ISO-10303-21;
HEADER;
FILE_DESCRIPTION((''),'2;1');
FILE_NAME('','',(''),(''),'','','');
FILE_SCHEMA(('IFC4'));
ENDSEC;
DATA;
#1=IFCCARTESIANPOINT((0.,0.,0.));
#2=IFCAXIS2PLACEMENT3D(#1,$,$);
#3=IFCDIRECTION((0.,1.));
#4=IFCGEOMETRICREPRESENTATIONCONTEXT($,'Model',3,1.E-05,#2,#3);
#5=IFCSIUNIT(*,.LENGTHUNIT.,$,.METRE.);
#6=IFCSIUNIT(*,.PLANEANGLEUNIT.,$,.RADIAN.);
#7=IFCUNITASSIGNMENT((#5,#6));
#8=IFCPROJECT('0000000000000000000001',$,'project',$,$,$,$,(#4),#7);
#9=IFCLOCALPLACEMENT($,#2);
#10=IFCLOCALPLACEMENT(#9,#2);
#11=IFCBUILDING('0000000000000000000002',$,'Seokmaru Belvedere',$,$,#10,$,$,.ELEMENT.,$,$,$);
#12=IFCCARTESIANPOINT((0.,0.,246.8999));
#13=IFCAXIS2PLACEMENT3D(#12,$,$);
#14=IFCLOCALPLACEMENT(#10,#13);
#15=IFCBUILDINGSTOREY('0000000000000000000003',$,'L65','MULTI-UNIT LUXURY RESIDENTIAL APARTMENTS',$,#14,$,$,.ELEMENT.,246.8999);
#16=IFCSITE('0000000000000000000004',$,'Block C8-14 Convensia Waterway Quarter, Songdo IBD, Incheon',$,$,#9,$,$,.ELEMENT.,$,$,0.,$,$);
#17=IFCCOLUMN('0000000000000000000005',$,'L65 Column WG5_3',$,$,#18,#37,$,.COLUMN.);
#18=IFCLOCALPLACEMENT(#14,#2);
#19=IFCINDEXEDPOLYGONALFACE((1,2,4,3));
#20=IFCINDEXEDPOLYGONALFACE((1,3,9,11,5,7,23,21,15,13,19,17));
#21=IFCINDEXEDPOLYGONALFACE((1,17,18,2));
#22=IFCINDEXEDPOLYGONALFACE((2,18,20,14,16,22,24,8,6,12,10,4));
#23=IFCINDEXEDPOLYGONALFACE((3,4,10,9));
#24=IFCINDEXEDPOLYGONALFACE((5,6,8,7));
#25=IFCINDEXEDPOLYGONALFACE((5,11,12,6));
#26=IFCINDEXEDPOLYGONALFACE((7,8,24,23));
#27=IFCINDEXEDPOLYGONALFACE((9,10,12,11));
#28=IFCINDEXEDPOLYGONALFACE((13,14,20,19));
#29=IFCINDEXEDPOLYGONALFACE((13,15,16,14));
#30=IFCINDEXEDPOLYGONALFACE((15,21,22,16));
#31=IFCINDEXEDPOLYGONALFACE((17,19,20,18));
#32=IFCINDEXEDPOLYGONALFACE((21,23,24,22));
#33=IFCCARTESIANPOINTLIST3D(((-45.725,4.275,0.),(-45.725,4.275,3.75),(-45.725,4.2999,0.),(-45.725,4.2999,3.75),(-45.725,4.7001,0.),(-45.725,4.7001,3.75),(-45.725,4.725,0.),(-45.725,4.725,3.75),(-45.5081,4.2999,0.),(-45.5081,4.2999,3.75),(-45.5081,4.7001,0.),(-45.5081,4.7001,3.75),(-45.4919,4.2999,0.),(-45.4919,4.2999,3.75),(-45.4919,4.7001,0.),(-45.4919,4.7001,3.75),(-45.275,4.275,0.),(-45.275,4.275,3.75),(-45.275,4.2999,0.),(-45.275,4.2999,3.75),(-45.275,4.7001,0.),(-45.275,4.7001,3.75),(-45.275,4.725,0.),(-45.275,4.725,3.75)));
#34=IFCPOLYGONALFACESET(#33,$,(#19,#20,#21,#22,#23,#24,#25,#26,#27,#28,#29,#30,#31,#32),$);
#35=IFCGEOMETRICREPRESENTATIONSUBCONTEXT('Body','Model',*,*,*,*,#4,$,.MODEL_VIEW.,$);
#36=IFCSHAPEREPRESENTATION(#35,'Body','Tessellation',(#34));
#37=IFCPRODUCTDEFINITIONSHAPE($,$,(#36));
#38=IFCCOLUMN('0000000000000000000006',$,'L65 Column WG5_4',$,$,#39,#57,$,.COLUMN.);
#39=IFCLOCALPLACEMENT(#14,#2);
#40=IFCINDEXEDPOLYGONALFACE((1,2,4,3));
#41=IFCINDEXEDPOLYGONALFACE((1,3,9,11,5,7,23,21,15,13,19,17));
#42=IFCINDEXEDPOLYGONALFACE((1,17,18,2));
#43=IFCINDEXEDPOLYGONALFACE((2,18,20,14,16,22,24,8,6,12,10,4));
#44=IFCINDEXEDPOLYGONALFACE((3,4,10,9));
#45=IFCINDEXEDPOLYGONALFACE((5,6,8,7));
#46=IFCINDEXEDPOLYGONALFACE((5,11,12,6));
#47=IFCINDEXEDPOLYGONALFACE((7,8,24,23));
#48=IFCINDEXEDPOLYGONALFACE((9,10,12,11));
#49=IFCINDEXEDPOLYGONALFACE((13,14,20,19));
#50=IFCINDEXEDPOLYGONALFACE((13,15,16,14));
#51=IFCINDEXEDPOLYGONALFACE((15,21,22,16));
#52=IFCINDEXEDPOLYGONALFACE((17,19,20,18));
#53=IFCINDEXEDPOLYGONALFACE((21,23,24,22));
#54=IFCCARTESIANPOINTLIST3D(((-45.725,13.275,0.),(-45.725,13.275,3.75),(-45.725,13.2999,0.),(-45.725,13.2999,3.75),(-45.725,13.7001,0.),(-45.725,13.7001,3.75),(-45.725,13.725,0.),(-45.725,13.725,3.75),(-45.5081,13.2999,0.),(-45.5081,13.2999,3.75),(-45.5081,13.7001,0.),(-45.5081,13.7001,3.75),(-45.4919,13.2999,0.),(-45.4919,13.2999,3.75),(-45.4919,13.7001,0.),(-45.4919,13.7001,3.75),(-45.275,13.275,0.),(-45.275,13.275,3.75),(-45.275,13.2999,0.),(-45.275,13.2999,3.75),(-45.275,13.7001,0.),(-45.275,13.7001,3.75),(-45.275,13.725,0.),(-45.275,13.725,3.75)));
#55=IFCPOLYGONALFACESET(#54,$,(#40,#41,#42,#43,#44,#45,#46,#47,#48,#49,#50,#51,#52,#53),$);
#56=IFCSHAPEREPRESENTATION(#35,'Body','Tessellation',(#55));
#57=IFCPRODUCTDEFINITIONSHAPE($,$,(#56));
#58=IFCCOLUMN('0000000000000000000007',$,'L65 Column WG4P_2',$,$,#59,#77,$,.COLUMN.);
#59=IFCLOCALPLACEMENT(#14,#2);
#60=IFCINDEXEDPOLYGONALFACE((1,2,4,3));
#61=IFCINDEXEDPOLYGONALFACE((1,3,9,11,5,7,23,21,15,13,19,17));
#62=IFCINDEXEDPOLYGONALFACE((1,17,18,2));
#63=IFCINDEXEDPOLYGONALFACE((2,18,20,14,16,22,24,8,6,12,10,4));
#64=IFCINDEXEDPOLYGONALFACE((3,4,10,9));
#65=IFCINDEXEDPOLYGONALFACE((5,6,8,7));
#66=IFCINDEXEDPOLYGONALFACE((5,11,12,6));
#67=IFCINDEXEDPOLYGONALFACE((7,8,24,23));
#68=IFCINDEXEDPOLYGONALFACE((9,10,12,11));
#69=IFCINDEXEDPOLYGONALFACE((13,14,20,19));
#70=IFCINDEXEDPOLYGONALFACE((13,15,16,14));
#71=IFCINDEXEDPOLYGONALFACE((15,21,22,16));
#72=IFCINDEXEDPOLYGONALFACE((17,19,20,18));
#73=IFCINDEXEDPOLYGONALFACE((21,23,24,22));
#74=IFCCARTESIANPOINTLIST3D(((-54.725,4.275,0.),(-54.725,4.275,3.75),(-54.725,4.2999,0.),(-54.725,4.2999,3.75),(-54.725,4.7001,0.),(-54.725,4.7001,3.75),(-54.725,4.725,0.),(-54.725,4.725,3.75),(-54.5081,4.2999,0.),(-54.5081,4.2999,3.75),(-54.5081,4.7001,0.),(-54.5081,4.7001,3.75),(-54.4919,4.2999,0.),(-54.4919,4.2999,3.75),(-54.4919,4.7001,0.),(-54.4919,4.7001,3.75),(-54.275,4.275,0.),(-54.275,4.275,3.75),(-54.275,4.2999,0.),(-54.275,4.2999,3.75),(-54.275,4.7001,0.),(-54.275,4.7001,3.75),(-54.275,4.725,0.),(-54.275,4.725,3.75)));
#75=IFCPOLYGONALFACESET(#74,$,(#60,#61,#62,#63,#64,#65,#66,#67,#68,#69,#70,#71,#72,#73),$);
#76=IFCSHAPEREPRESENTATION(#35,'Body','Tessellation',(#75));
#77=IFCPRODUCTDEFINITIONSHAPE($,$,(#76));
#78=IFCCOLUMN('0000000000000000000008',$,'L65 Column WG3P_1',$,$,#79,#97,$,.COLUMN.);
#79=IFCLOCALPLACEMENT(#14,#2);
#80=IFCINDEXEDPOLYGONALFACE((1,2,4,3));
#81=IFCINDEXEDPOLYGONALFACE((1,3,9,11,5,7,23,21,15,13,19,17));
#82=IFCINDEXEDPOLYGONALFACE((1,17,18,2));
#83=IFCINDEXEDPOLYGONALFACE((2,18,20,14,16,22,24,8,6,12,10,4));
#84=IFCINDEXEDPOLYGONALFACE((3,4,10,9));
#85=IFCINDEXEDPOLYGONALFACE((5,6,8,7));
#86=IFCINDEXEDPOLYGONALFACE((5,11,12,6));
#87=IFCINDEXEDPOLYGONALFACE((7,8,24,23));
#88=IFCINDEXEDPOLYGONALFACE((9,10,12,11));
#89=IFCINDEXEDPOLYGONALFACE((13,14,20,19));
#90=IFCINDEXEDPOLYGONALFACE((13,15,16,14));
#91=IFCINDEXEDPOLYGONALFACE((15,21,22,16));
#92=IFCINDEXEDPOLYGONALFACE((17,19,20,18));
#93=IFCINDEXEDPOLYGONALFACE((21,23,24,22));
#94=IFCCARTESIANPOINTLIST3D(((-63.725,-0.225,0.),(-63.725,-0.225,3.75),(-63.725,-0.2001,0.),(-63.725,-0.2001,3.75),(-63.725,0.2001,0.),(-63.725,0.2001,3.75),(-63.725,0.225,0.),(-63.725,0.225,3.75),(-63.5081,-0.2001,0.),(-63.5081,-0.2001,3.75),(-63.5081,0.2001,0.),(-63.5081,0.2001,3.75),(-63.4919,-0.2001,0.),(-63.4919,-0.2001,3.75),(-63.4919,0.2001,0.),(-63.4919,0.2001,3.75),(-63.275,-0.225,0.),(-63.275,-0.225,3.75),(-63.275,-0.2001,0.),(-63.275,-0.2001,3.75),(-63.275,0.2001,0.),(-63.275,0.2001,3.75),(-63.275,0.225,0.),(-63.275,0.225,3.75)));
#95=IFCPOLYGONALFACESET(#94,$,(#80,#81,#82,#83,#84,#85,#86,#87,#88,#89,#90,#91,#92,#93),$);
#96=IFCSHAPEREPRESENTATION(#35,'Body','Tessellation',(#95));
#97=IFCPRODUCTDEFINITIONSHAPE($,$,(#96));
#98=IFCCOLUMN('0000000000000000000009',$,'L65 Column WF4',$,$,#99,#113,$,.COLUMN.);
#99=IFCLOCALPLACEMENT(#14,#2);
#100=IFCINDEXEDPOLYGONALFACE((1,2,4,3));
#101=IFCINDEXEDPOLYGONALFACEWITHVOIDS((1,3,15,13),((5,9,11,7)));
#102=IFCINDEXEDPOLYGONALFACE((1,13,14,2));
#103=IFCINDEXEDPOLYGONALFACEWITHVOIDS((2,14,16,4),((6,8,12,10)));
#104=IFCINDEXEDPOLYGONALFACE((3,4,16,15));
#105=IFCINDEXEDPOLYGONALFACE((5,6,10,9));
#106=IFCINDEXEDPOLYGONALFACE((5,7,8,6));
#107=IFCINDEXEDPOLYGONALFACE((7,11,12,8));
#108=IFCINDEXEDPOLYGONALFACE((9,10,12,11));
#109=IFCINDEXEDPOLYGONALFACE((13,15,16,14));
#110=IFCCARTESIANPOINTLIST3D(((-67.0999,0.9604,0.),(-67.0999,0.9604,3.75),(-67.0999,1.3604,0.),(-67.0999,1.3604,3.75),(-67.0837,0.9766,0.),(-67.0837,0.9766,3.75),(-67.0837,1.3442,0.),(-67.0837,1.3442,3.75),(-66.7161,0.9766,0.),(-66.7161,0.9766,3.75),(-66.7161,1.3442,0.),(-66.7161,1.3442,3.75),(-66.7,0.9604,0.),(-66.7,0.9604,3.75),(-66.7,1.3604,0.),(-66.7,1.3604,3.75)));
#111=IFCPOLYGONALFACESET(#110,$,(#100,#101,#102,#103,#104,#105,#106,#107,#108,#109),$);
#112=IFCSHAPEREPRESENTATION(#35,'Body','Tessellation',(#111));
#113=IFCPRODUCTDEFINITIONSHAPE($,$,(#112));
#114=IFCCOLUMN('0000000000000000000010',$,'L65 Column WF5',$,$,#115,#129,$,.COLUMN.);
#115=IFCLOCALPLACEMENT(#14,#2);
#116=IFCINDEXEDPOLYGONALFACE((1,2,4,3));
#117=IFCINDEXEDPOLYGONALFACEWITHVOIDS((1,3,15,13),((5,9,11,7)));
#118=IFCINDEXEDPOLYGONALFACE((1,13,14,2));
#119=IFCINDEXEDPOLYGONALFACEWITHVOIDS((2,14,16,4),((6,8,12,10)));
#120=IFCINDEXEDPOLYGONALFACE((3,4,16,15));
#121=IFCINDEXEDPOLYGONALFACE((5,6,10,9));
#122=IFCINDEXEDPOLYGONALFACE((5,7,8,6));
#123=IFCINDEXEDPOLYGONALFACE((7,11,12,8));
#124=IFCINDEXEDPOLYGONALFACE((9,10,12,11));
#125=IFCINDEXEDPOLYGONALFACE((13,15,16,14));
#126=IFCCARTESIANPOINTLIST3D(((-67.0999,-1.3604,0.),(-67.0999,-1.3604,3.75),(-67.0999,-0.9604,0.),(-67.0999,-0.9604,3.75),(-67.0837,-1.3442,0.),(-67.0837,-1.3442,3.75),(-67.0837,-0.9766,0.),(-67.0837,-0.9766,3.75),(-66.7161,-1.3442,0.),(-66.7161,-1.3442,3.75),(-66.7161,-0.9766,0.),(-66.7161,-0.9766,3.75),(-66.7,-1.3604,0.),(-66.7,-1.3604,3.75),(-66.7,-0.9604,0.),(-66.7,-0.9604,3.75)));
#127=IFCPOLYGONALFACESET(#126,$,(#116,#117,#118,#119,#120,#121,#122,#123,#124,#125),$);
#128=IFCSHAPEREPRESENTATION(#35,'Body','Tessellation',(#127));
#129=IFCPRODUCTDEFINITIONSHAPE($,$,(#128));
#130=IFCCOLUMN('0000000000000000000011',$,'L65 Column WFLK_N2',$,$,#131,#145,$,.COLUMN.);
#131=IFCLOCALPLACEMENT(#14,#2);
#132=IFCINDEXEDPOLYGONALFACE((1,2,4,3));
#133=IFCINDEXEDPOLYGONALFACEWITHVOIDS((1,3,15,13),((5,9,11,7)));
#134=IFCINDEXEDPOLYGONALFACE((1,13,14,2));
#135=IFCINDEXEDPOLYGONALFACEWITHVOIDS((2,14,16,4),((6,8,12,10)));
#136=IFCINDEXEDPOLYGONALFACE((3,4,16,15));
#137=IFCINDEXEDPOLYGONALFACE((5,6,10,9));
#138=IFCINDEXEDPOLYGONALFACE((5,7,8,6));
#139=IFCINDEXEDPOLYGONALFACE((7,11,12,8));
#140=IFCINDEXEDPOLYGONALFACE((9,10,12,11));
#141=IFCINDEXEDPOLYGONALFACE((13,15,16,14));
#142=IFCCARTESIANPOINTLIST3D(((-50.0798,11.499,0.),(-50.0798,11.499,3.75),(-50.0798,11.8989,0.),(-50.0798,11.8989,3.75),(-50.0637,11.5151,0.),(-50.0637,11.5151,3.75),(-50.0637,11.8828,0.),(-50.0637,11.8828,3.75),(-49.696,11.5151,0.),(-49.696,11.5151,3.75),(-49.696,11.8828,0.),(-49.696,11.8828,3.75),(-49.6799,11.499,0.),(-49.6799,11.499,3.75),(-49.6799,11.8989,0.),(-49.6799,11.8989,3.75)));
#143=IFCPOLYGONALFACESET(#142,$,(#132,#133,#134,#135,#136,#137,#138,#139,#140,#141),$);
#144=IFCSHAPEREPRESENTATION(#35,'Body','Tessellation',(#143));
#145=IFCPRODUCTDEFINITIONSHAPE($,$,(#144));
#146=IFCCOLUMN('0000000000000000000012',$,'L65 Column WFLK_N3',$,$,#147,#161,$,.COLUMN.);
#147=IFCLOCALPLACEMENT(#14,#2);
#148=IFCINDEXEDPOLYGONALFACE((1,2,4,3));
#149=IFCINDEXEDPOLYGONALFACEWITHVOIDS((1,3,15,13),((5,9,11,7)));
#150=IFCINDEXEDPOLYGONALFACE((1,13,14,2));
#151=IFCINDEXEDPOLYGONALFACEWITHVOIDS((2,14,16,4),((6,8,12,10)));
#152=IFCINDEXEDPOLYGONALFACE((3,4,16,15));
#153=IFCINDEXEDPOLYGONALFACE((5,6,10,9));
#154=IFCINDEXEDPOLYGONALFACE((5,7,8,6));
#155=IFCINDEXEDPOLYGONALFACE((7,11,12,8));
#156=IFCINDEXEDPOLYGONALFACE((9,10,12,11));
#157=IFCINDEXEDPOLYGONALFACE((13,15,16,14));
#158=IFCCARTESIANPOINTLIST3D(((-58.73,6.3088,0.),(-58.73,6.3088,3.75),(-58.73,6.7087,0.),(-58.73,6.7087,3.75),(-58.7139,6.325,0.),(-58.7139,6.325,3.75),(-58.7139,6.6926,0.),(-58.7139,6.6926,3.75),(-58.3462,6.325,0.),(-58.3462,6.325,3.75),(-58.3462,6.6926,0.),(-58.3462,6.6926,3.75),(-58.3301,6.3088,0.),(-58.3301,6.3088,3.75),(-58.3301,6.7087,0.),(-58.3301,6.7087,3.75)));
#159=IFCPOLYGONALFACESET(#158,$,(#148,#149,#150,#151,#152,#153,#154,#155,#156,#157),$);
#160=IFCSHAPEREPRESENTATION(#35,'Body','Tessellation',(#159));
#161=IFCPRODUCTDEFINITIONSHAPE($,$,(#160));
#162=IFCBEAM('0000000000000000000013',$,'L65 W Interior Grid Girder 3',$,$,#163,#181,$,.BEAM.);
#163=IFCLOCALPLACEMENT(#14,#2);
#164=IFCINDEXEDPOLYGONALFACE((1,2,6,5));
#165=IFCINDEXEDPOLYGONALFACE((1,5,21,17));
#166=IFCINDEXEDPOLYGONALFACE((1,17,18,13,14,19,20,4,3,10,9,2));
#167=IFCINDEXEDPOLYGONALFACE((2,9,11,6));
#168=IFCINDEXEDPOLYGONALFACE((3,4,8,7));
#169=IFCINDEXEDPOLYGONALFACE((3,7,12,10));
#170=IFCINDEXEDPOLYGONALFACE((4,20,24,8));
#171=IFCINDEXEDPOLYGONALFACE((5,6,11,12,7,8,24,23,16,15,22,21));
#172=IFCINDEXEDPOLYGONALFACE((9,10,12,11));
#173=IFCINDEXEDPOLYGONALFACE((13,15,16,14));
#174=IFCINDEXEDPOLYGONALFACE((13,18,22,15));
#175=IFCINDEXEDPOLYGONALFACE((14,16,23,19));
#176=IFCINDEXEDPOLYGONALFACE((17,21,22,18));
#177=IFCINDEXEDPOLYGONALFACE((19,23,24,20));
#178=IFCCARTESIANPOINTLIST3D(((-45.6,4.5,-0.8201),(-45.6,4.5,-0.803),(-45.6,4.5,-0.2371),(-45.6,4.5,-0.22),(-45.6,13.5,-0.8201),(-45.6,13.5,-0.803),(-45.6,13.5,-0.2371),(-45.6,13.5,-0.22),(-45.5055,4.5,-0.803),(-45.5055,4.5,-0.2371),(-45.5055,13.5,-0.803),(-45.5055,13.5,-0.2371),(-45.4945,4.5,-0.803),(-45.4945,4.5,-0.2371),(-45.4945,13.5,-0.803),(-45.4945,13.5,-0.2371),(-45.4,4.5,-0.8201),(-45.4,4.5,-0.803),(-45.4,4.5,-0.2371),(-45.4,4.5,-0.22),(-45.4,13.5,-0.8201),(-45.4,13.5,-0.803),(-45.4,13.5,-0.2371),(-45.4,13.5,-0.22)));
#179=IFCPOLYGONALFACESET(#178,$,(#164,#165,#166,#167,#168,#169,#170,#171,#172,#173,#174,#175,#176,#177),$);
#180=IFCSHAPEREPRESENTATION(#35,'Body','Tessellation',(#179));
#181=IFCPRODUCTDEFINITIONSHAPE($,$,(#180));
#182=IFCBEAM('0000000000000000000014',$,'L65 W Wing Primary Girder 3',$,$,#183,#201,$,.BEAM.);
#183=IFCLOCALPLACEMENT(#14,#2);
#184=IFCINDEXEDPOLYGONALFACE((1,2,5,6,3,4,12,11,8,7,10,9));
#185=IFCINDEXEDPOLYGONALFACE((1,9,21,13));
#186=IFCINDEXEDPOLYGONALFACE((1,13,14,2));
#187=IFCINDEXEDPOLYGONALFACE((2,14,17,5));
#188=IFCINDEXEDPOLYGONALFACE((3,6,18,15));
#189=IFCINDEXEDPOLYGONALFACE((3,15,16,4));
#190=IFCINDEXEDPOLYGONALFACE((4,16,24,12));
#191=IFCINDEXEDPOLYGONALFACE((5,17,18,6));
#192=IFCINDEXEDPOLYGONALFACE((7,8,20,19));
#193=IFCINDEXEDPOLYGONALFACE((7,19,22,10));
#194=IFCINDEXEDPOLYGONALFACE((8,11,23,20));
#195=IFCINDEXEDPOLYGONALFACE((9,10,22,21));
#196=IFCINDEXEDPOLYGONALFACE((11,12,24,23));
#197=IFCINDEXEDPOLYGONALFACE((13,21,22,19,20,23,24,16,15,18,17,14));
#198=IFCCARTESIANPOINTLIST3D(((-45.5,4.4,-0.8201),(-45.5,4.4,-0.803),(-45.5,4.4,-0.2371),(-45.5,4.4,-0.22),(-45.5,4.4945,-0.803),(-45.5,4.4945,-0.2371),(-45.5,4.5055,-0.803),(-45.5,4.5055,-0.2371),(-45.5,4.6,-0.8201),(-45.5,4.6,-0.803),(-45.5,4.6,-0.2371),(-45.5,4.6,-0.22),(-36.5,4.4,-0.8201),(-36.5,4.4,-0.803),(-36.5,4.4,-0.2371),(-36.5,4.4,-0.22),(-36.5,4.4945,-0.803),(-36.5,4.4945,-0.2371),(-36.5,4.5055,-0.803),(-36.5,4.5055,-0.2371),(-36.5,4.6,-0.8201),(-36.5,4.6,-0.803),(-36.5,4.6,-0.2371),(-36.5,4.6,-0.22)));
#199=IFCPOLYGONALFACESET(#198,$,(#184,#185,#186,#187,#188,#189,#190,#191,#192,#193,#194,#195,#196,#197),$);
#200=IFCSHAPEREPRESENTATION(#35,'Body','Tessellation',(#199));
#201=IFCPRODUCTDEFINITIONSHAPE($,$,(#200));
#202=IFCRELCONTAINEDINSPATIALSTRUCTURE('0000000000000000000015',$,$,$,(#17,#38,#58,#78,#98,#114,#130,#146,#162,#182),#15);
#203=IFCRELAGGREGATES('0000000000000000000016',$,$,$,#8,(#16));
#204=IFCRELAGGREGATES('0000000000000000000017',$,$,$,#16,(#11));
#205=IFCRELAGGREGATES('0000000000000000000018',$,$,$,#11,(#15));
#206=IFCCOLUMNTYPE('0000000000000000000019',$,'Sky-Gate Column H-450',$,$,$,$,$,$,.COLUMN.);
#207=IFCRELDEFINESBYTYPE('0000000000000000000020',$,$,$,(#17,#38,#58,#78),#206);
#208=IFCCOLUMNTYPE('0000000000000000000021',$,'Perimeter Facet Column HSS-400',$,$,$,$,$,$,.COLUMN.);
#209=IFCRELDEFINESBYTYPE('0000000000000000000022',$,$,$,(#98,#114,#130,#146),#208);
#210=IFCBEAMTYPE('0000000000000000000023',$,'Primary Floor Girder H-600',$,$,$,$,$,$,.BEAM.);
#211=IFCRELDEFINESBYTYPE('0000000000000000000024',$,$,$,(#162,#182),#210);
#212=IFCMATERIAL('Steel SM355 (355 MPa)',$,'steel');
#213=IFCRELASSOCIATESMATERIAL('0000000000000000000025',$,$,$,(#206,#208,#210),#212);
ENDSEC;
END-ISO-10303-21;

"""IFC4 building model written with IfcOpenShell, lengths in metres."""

from ifc_helpers import new_model, si_unit, direction, frame, origin, origin_2d, place, context, subcontext, project, spatial, hollow_rectangle, i_section, extrude, source, transform, mapped, material, material_profile, profile_set, type_object, type_shapes, element, save


model = new_model("IFC4")

# Units and contexts
model_context = context("Model", 3, precision=1e-05, world=origin(), true_north=direction((0.0, 1.0)))
body_context = subcontext(model_context, "Body", "Model", "MODEL_VIEW")
ifc_project = project(units=[si_unit("LENGTHUNIT", "METRE"), si_unit("PLANEANGLEUNIT", "RADIAN")], contexts=[model_context])

# Site, building, storey
site_placement = place(None, origin())
site = spatial("IfcSite", under=ifc_project, at=site_placement, Name="Block C8-14 Convensia Waterway Quarter, Songdo IBD, Incheon", CompositionType="ELEMENT", RefElevation=0.0)
building_placement = place(site_placement, origin())
building = spatial("IfcBuilding", under=site, at=building_placement, Name="Seokmaru Belvedere", CompositionType="ELEMENT")
storey_placement = place(building_placement, frame((0.0, 0.0, 246.8999)))
storey = spatial("IfcBuildingStorey", under=building, at=storey_placement, Name="L65", Description="MULTI-UNIT LUXURY RESIDENTIAL APARTMENTS", CompositionType="ELEMENT", Elevation=246.8999)

# Columns
ifc_material_1 = material(Name="Steel SM355 (355 MPa)", Category="steel")
ifc_material_profile_1 = material_profile(ifc_material_1, i_section(OverallWidth=0.45, OverallDepth=0.45, WebThickness=0.0161, FlangeThickness=0.0249, at=origin_2d()), Name="H-450x450x16x25")
ifc_profile_set_1 = profile_set([ifc_material_profile_1], Name="Steel SM355 (355 MPa)")
column_type_1 = type_object("IfcColumnType", Name="Sky-Gate Column H-450", PredefinedType="COLUMN", material=ifc_profile_set_1)
shared_shape_1 = source(origin(), body_context, "Body", "SweptSolid", [
    extrude(i_section(OverallWidth=0.45, OverallDepth=0.45, WebThickness=0.0161, FlangeThickness=0.0249, at=origin_2d()), origin(), (0.0, 0.0, 1.0), 3.75),
])
type_shapes(column_type_1, [shared_shape_1])
for number, where, z_axis, x_axis, name in (
    (1, (-45.5, 4.5, 0.0), (0.0, 0.0, 1.0), (1.0, 0.0, 0.0), "L65 Column WG5_3"),
    (2, (-45.5, 13.5, 0.0), (0.0, 0.0, 1.0), (1.0, 0.0, 0.0), "L65 Column WG5_4"),
    (3, (-54.5, 4.5, 0.0), (0.0, 0.0, 1.0), (1.0, 0.0, 0.0), "L65 Column WG4P_2"),
    (4, (-63.5, 0.0, 0.0), (0.0, 0.0, 1.0), (1.0, 0.0, 0.0), "L65 Column WG3P_1"),
):
    element("IfcColumn", number, at=place(storey_placement, frame(where, z_axis=z_axis, x_axis=x_axis)), inside=storey, type_object=column_type_1, Name=name, PredefinedType="COLUMN", context=body_context, shape_type="MappedRepresentation", body=[
        mapped(shared_shape_1, transform((0.0, 0.0, 0.0), scale=1.0)),
    ])
ifc_material_profile_2 = material_profile(ifc_material_1, hollow_rectangle(XDim=0.3999, YDim=0.3999, WallThickness=0.0161, at=origin_2d()), Name="HSS-400x400x16")
ifc_profile_set_2 = profile_set([ifc_material_profile_2], Name="Steel SM355 (355 MPa)")
column_type_2 = type_object("IfcColumnType", Name="Perimeter Facet Column HSS-400", PredefinedType="COLUMN", material=ifc_profile_set_2)
shared_shape_2 = source(origin(), body_context, "Body", "SweptSolid", [
    extrude(hollow_rectangle(XDim=0.3999, YDim=0.3999, WallThickness=0.0161, at=origin_2d()), origin(), (0.0, 0.0, 1.0), 3.75),
])
type_shapes(column_type_2, [shared_shape_2])
for number, where, z_axis, x_axis, name in (
    (5, (-66.8999, 1.1604, 0.0), (0.0, 0.0, 1.0), (1.0, 0.0, 0.0), "L65 Column WF4"),
    (6, (-66.8999, -1.1604, 0.0), (0.0, 0.0, 1.0), (1.0, 0.0, 0.0), "L65 Column WF5"),
    (7, (-49.8799, 11.699, 0.0), (0.0, 0.0, 1.0), (1.0, 0.0, 0.0), "L65 Column WFLK_N2"),
    (8, (-58.53, 6.5088, 0.0), (0.0, 0.0, 1.0), (1.0, 0.0, 0.0), "L65 Column WFLK_N3"),
):
    element("IfcColumn", number, at=place(storey_placement, frame(where, z_axis=z_axis, x_axis=x_axis)), inside=storey, type_object=column_type_2, Name=name, PredefinedType="COLUMN", context=body_context, shape_type="MappedRepresentation", body=[
        mapped(shared_shape_2, transform((0.0, 0.0, 0.0), scale=1.0)),
    ])

# Beams
ifc_material_profile_3 = material_profile(ifc_material_1, i_section(OverallWidth=0.2, OverallDepth=0.6001, WebThickness=0.011, FlangeThickness=0.0171, at=origin_2d()), Name="H-600x200x11x17")
ifc_profile_set_3 = profile_set([ifc_material_profile_3], Name="Steel SM355 (355 MPa)")
beam_type_1 = type_object("IfcBeamType", Name="Primary Floor Girder H-600", PredefinedType="BEAM", material=ifc_profile_set_3)
shared_shape_3 = source(origin(), body_context, "Body", "SweptSolid", [
    extrude(i_section(OverallWidth=0.2, OverallDepth=0.6001, WebThickness=0.011, FlangeThickness=0.0171, at=origin_2d()), origin(), (0.0, 0.0, 1.0), 9.0),
])
for number, where, z_axis, x_axis, name in (
    (9, (-45.5, 4.5, -0.52), (0.0, 1.0, 0.0), (-1.0, 0.0, 0.0), "L65 W Interior Grid Girder 3"),
    (10, (-45.5, 4.5, -0.52), (1.0, 0.0, 0.0), (0.0, 1.0, 0.0), "L65 W Wing Primary Girder 3"),
):
    element("IfcBeam", number, at=place(storey_placement, frame(where, z_axis=z_axis, x_axis=x_axis)), inside=storey, type_object=beam_type_1, Name=name, PredefinedType="BEAM", context=body_context, shape_type="MappedRepresentation", body=[
        mapped(shared_shape_3, transform((0.0, 0.0, 0.0), scale=1.0)),
    ])

save(model, "model.ifc")
